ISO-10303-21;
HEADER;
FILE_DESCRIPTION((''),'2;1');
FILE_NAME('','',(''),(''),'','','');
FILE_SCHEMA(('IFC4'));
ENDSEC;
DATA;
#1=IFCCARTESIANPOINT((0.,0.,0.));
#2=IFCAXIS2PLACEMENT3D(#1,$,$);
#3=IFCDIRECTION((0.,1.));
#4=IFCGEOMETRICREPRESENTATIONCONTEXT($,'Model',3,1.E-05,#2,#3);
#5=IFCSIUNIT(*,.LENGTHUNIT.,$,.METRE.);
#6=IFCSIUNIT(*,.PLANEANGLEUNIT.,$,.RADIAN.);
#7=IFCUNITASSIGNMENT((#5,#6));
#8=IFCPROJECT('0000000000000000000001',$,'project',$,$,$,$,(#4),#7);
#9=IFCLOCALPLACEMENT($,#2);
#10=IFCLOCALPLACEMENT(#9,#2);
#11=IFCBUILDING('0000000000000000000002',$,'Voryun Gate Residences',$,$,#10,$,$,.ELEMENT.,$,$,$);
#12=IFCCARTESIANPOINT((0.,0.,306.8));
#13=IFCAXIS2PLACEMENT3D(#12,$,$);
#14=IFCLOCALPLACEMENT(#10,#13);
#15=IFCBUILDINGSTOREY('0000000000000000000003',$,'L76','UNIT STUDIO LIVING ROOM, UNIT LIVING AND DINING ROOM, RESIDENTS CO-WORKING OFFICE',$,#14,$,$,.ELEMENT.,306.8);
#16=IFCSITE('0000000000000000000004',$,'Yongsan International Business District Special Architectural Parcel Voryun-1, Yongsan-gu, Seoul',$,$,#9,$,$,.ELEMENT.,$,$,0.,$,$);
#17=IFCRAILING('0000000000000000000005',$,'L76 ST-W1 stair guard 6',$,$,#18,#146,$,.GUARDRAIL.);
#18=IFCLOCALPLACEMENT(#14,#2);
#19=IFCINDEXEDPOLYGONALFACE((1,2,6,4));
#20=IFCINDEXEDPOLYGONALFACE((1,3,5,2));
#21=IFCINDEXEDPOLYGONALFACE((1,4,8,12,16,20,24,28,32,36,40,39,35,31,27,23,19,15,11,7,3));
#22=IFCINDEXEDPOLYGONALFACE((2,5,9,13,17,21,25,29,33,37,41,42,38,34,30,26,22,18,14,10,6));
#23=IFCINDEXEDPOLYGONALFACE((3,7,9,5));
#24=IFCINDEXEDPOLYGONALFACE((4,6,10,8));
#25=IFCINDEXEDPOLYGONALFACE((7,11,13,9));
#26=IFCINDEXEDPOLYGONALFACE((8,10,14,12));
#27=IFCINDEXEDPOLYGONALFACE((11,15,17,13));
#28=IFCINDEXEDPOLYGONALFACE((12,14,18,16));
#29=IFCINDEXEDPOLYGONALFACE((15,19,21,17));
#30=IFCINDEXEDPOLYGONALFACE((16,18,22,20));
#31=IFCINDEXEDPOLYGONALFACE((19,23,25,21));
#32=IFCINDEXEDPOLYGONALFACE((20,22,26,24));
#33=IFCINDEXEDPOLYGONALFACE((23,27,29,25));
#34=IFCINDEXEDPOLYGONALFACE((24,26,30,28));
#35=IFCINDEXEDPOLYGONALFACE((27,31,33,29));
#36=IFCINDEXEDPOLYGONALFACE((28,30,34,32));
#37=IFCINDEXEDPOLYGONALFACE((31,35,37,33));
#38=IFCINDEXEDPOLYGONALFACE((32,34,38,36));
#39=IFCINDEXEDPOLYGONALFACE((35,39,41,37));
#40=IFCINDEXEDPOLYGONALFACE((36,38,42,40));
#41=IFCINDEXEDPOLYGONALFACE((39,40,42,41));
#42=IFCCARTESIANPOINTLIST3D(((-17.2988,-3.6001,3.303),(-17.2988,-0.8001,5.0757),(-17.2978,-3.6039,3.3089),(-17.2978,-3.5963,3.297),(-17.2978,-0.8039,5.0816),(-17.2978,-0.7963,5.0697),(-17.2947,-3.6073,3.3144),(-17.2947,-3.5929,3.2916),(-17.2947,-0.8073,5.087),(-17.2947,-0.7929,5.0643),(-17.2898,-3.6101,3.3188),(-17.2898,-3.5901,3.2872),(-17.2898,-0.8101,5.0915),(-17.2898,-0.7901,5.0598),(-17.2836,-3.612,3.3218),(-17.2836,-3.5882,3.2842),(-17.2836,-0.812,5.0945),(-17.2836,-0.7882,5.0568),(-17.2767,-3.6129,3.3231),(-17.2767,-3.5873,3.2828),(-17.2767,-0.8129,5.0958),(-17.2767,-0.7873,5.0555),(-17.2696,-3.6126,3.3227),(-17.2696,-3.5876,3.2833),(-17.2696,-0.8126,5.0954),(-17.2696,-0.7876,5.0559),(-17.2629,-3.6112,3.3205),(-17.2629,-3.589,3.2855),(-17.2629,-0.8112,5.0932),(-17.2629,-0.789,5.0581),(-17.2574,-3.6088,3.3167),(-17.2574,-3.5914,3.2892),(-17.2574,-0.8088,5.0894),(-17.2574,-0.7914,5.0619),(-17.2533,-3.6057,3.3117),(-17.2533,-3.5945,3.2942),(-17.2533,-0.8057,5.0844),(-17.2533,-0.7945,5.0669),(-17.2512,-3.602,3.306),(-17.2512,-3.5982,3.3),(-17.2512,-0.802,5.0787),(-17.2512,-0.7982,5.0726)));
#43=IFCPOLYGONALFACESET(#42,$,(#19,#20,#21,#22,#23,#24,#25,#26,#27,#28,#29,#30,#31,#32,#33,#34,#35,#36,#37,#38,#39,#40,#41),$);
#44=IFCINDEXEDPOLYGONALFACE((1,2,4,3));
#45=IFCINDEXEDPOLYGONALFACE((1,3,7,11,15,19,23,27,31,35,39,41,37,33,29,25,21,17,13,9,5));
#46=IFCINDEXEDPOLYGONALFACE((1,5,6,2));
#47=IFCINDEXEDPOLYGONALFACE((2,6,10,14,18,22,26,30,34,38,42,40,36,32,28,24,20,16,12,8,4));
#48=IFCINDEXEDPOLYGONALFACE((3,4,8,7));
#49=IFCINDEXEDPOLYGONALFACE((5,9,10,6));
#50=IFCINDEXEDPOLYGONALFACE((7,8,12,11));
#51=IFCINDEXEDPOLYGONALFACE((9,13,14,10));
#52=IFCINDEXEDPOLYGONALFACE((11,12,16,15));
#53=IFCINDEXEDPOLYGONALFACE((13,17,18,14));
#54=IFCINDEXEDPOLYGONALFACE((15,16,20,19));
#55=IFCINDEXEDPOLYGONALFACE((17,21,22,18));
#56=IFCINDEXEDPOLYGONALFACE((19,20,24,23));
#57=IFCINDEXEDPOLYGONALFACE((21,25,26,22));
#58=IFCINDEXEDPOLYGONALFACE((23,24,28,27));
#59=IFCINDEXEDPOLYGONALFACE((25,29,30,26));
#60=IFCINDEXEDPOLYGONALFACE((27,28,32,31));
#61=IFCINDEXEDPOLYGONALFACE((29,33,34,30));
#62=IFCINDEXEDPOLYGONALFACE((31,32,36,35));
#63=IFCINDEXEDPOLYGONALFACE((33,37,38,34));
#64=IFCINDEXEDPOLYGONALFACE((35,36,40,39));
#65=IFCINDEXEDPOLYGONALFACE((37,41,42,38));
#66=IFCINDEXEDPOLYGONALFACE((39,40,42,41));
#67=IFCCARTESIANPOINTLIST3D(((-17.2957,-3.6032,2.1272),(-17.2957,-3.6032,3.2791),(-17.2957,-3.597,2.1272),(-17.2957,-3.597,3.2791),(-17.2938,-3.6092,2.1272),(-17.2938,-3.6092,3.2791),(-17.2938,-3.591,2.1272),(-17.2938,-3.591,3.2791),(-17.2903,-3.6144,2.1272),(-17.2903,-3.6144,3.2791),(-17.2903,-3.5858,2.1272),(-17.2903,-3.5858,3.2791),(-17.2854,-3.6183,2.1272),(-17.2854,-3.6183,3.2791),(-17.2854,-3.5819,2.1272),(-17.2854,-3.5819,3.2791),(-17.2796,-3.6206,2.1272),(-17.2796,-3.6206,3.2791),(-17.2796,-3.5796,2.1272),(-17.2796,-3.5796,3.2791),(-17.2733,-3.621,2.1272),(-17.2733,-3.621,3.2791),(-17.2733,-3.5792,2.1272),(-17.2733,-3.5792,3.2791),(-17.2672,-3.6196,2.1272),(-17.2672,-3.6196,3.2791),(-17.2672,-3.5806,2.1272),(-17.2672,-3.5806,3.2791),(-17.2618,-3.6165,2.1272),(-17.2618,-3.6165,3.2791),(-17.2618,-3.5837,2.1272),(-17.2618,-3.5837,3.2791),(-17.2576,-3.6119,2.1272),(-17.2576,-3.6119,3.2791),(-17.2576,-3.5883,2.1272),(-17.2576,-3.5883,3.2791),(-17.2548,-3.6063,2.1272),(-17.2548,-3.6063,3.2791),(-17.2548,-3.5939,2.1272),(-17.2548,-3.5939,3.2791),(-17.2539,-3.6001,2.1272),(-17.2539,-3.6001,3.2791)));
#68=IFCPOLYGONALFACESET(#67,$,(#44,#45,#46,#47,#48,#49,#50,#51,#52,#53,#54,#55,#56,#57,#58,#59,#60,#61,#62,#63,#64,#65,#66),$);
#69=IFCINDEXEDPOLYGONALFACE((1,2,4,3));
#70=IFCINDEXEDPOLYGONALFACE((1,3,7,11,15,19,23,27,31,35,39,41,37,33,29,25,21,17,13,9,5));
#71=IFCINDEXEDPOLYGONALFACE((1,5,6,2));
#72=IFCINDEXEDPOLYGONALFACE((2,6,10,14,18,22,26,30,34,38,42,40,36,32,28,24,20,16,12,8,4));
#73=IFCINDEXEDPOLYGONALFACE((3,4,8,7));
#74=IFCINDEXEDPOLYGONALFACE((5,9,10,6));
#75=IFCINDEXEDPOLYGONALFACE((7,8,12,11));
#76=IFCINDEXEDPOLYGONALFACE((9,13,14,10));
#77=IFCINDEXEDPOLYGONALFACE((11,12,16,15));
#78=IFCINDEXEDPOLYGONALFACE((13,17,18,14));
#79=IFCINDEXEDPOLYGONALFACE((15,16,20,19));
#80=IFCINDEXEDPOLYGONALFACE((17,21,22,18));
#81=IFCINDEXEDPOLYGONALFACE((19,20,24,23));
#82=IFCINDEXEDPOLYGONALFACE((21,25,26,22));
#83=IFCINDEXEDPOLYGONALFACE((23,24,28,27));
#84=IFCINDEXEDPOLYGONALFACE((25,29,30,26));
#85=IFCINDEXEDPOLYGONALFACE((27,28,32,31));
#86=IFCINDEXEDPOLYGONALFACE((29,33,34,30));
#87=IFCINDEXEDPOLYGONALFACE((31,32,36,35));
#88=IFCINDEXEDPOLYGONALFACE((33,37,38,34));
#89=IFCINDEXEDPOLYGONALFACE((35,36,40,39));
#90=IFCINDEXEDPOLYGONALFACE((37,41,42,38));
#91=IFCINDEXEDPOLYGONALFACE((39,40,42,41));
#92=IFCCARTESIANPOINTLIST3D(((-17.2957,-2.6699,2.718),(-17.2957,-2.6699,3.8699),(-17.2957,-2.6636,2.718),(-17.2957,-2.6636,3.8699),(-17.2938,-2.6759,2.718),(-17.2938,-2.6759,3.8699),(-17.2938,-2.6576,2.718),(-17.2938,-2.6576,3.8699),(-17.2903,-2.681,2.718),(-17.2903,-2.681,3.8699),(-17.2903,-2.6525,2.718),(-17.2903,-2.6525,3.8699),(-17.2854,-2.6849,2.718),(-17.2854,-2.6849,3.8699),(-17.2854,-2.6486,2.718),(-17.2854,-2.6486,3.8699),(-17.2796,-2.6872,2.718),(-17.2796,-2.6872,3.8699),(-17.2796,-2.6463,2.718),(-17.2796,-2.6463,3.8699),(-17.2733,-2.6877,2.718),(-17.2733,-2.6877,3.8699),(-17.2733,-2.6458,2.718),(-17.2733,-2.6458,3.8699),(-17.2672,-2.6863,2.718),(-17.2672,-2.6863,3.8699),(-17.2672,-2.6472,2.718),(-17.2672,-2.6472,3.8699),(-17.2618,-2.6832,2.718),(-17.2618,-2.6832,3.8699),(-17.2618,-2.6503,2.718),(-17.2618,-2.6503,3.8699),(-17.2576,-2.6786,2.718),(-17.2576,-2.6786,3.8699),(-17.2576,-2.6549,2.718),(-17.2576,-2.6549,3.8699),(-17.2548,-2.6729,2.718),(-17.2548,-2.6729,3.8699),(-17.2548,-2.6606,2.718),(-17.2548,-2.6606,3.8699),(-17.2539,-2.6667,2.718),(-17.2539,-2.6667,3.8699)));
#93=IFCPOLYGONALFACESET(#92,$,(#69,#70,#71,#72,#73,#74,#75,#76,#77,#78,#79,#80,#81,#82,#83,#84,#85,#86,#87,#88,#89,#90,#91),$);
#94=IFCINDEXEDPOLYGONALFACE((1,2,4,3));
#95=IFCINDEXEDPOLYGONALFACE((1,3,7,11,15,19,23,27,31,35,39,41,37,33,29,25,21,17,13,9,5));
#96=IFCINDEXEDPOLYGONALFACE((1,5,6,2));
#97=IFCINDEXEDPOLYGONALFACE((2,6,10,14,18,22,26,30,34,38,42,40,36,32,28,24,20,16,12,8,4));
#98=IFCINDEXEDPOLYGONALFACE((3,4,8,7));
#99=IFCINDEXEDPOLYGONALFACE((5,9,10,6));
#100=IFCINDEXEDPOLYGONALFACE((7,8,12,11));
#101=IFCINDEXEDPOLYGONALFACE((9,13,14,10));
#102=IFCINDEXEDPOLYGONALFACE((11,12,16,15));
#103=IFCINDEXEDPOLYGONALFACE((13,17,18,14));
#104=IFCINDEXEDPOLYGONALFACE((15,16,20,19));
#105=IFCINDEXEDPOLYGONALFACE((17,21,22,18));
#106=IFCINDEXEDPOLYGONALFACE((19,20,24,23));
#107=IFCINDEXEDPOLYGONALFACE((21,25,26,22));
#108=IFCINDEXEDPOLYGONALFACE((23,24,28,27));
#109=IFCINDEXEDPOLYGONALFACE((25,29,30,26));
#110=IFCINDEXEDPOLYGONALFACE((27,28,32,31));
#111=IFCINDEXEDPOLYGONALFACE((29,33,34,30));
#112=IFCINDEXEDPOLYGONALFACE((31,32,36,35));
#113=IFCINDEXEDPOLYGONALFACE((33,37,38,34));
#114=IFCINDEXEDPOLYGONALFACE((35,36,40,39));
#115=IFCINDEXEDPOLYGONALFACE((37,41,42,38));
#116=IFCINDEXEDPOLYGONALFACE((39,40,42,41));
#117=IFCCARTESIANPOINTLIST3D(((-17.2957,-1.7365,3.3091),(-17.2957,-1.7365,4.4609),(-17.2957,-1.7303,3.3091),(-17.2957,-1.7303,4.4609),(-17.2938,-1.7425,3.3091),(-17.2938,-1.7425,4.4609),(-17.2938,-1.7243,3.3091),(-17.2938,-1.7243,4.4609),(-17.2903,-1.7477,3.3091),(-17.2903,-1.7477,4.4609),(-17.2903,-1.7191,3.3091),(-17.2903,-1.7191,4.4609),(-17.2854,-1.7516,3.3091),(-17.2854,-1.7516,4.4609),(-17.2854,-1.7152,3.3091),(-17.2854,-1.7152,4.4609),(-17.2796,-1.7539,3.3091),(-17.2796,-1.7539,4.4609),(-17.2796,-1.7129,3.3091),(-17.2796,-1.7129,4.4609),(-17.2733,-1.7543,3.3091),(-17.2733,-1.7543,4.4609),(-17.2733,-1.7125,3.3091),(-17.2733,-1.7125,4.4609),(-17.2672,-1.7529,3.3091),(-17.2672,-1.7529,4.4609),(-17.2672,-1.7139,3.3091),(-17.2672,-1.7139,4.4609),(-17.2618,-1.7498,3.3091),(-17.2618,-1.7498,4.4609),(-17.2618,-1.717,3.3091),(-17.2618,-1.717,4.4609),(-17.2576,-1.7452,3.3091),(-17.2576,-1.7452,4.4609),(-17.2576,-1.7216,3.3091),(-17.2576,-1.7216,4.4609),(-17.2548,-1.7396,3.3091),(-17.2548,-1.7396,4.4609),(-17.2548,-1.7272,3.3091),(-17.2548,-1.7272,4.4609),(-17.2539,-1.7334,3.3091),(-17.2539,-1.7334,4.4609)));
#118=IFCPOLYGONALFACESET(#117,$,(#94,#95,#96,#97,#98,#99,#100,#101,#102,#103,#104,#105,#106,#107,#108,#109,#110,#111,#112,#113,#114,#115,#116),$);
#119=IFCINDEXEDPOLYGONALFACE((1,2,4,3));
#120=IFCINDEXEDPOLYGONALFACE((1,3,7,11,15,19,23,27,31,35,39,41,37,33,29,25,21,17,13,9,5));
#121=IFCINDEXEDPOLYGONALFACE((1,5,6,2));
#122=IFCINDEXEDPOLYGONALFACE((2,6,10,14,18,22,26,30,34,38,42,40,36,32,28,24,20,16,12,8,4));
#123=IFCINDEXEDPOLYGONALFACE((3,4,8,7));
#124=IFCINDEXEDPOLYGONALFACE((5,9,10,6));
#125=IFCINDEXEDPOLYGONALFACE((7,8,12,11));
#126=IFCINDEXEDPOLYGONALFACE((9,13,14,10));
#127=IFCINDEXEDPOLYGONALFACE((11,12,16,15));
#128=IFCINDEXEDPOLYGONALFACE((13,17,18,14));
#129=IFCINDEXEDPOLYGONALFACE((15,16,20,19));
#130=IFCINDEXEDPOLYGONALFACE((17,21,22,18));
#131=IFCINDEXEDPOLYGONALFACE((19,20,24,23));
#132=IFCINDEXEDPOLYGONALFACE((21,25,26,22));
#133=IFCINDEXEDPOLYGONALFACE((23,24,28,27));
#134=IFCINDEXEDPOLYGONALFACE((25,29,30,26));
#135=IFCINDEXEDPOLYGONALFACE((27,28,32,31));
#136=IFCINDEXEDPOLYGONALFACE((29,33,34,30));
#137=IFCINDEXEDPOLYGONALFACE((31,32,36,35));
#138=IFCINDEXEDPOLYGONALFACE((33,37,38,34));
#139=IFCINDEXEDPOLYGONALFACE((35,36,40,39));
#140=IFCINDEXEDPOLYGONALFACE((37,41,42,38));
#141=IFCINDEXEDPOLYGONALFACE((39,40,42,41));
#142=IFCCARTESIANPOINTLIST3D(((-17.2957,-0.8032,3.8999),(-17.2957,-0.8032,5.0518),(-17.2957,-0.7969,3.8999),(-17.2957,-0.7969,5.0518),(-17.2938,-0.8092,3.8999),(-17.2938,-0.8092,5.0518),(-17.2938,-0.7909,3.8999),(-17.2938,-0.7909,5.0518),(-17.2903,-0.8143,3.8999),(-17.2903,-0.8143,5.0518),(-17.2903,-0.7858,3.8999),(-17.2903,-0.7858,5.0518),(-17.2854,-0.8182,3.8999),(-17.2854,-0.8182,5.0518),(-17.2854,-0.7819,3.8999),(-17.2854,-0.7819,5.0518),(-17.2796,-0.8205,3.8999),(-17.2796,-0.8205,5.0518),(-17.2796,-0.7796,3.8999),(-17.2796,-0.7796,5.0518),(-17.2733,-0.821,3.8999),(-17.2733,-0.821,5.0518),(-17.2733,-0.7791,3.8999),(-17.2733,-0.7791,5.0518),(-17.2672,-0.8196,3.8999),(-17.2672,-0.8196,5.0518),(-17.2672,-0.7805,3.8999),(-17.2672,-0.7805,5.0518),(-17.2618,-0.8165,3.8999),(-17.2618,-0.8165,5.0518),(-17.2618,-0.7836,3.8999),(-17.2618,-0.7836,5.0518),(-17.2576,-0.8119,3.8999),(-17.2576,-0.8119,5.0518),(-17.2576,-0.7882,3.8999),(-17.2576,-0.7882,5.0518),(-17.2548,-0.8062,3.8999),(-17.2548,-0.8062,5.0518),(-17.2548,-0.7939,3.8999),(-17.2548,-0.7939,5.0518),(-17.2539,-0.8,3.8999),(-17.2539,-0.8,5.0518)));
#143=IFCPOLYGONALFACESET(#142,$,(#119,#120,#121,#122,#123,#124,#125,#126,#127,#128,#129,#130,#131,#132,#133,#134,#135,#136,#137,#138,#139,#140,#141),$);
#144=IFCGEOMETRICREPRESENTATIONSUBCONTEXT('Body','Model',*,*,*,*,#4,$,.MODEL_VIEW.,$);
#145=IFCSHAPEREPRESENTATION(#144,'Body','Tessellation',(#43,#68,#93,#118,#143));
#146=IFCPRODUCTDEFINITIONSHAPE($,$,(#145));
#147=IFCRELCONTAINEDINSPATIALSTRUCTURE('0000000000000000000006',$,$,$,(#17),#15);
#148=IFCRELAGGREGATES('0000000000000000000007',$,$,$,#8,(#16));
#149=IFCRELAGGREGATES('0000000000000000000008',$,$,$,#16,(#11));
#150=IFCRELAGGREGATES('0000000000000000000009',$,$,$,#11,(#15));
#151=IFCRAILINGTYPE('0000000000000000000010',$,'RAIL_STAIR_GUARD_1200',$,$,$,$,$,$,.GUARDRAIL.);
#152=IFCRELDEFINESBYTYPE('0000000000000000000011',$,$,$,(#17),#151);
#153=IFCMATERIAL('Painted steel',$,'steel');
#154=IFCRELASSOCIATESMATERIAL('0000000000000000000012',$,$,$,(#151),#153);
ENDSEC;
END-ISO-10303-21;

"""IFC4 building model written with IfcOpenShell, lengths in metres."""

from ifc_helpers import new_model, si_unit, direction, frame, origin, origin_2d, place, context, subcontext, project, spatial, circle, extrude, material, type_object, element, save


model = new_model("IFC4")

# Units and contexts
model_context = context("Model", 3, precision=1e-05, world=origin(), true_north=direction((0.0, 1.0)))
body_context = subcontext(model_context, "Body", "Model", "MODEL_VIEW")
ifc_project = project(units=[si_unit("LENGTHUNIT", "METRE"), si_unit("PLANEANGLEUNIT", "RADIAN")], contexts=[model_context])

# Site, building, storey
site_placement = place(None, origin())
site = spatial("IfcSite", under=ifc_project, at=site_placement, Name="Yongsan International Business District Special Architectural Parcel Voryun-1, Yongsan-gu, Seoul", CompositionType="ELEMENT", RefElevation=0.0)
building_placement = place(site_placement, origin())
building = spatial("IfcBuilding", under=site, at=building_placement, Name="Voryun Gate Residences", CompositionType="ELEMENT")
storey_placement = place(building_placement, frame((0.0, 0.0, 306.8)))
storey = spatial("IfcBuildingStorey", under=building, at=storey_placement, Name="L76", Description="UNIT STUDIO LIVING ROOM, UNIT LIVING AND DINING ROOM, RESIDENTS CO-WORKING OFFICE", CompositionType="ELEMENT", Elevation=306.8)

# Railing
ifc_material_1 = material(Name="Painted steel", Category="steel")
railing_type_1 = type_object("IfcRailingType", Name="RAIL_STAIR_GUARD_1200", PredefinedType="GUARDRAIL", material=ifc_material_1)
railing_1_placement = place(storey_placement, frame((-17.2749, -3.6001, 2.1272)))
element("IfcRailing", 1, at=railing_1_placement, inside=storey, type_object=railing_type_1, Name="L76 ST-W1 stair guard 6", PredefinedType="GUARDRAIL", context=body_context, shape_type="SweptSolid", body=[
    extrude(circle(Radius=0.0239, at=origin_2d()), frame((0.0, 0.0, 1.1758), z_axis=(0.0, 0.844909, 0.53491), x_axis=(-1.0, 0.0, 0.0)), (0.0, 0.0, 1.0), 3.314),
    extrude(circle(Radius=0.021, at=origin_2d()), origin(), (0.0, 0.0, 1.0), 1.1519),
    extrude(circle(Radius=0.021, at=origin_2d()), frame((0.0, 0.9333, 0.5908)), (0.0, 0.0, 1.0), 1.1519),
    extrude(circle(Radius=0.021, at=origin_2d()), frame((0.0, 1.8667, 1.1819)), (0.0, 0.0, 1.0), 1.1519),
    extrude(circle(Radius=0.021, at=origin_2d()), frame((0.0, 2.8, 1.7727)), (0.0, 0.0, 1.0), 1.1519),
])

save(model, "model.ifc")
